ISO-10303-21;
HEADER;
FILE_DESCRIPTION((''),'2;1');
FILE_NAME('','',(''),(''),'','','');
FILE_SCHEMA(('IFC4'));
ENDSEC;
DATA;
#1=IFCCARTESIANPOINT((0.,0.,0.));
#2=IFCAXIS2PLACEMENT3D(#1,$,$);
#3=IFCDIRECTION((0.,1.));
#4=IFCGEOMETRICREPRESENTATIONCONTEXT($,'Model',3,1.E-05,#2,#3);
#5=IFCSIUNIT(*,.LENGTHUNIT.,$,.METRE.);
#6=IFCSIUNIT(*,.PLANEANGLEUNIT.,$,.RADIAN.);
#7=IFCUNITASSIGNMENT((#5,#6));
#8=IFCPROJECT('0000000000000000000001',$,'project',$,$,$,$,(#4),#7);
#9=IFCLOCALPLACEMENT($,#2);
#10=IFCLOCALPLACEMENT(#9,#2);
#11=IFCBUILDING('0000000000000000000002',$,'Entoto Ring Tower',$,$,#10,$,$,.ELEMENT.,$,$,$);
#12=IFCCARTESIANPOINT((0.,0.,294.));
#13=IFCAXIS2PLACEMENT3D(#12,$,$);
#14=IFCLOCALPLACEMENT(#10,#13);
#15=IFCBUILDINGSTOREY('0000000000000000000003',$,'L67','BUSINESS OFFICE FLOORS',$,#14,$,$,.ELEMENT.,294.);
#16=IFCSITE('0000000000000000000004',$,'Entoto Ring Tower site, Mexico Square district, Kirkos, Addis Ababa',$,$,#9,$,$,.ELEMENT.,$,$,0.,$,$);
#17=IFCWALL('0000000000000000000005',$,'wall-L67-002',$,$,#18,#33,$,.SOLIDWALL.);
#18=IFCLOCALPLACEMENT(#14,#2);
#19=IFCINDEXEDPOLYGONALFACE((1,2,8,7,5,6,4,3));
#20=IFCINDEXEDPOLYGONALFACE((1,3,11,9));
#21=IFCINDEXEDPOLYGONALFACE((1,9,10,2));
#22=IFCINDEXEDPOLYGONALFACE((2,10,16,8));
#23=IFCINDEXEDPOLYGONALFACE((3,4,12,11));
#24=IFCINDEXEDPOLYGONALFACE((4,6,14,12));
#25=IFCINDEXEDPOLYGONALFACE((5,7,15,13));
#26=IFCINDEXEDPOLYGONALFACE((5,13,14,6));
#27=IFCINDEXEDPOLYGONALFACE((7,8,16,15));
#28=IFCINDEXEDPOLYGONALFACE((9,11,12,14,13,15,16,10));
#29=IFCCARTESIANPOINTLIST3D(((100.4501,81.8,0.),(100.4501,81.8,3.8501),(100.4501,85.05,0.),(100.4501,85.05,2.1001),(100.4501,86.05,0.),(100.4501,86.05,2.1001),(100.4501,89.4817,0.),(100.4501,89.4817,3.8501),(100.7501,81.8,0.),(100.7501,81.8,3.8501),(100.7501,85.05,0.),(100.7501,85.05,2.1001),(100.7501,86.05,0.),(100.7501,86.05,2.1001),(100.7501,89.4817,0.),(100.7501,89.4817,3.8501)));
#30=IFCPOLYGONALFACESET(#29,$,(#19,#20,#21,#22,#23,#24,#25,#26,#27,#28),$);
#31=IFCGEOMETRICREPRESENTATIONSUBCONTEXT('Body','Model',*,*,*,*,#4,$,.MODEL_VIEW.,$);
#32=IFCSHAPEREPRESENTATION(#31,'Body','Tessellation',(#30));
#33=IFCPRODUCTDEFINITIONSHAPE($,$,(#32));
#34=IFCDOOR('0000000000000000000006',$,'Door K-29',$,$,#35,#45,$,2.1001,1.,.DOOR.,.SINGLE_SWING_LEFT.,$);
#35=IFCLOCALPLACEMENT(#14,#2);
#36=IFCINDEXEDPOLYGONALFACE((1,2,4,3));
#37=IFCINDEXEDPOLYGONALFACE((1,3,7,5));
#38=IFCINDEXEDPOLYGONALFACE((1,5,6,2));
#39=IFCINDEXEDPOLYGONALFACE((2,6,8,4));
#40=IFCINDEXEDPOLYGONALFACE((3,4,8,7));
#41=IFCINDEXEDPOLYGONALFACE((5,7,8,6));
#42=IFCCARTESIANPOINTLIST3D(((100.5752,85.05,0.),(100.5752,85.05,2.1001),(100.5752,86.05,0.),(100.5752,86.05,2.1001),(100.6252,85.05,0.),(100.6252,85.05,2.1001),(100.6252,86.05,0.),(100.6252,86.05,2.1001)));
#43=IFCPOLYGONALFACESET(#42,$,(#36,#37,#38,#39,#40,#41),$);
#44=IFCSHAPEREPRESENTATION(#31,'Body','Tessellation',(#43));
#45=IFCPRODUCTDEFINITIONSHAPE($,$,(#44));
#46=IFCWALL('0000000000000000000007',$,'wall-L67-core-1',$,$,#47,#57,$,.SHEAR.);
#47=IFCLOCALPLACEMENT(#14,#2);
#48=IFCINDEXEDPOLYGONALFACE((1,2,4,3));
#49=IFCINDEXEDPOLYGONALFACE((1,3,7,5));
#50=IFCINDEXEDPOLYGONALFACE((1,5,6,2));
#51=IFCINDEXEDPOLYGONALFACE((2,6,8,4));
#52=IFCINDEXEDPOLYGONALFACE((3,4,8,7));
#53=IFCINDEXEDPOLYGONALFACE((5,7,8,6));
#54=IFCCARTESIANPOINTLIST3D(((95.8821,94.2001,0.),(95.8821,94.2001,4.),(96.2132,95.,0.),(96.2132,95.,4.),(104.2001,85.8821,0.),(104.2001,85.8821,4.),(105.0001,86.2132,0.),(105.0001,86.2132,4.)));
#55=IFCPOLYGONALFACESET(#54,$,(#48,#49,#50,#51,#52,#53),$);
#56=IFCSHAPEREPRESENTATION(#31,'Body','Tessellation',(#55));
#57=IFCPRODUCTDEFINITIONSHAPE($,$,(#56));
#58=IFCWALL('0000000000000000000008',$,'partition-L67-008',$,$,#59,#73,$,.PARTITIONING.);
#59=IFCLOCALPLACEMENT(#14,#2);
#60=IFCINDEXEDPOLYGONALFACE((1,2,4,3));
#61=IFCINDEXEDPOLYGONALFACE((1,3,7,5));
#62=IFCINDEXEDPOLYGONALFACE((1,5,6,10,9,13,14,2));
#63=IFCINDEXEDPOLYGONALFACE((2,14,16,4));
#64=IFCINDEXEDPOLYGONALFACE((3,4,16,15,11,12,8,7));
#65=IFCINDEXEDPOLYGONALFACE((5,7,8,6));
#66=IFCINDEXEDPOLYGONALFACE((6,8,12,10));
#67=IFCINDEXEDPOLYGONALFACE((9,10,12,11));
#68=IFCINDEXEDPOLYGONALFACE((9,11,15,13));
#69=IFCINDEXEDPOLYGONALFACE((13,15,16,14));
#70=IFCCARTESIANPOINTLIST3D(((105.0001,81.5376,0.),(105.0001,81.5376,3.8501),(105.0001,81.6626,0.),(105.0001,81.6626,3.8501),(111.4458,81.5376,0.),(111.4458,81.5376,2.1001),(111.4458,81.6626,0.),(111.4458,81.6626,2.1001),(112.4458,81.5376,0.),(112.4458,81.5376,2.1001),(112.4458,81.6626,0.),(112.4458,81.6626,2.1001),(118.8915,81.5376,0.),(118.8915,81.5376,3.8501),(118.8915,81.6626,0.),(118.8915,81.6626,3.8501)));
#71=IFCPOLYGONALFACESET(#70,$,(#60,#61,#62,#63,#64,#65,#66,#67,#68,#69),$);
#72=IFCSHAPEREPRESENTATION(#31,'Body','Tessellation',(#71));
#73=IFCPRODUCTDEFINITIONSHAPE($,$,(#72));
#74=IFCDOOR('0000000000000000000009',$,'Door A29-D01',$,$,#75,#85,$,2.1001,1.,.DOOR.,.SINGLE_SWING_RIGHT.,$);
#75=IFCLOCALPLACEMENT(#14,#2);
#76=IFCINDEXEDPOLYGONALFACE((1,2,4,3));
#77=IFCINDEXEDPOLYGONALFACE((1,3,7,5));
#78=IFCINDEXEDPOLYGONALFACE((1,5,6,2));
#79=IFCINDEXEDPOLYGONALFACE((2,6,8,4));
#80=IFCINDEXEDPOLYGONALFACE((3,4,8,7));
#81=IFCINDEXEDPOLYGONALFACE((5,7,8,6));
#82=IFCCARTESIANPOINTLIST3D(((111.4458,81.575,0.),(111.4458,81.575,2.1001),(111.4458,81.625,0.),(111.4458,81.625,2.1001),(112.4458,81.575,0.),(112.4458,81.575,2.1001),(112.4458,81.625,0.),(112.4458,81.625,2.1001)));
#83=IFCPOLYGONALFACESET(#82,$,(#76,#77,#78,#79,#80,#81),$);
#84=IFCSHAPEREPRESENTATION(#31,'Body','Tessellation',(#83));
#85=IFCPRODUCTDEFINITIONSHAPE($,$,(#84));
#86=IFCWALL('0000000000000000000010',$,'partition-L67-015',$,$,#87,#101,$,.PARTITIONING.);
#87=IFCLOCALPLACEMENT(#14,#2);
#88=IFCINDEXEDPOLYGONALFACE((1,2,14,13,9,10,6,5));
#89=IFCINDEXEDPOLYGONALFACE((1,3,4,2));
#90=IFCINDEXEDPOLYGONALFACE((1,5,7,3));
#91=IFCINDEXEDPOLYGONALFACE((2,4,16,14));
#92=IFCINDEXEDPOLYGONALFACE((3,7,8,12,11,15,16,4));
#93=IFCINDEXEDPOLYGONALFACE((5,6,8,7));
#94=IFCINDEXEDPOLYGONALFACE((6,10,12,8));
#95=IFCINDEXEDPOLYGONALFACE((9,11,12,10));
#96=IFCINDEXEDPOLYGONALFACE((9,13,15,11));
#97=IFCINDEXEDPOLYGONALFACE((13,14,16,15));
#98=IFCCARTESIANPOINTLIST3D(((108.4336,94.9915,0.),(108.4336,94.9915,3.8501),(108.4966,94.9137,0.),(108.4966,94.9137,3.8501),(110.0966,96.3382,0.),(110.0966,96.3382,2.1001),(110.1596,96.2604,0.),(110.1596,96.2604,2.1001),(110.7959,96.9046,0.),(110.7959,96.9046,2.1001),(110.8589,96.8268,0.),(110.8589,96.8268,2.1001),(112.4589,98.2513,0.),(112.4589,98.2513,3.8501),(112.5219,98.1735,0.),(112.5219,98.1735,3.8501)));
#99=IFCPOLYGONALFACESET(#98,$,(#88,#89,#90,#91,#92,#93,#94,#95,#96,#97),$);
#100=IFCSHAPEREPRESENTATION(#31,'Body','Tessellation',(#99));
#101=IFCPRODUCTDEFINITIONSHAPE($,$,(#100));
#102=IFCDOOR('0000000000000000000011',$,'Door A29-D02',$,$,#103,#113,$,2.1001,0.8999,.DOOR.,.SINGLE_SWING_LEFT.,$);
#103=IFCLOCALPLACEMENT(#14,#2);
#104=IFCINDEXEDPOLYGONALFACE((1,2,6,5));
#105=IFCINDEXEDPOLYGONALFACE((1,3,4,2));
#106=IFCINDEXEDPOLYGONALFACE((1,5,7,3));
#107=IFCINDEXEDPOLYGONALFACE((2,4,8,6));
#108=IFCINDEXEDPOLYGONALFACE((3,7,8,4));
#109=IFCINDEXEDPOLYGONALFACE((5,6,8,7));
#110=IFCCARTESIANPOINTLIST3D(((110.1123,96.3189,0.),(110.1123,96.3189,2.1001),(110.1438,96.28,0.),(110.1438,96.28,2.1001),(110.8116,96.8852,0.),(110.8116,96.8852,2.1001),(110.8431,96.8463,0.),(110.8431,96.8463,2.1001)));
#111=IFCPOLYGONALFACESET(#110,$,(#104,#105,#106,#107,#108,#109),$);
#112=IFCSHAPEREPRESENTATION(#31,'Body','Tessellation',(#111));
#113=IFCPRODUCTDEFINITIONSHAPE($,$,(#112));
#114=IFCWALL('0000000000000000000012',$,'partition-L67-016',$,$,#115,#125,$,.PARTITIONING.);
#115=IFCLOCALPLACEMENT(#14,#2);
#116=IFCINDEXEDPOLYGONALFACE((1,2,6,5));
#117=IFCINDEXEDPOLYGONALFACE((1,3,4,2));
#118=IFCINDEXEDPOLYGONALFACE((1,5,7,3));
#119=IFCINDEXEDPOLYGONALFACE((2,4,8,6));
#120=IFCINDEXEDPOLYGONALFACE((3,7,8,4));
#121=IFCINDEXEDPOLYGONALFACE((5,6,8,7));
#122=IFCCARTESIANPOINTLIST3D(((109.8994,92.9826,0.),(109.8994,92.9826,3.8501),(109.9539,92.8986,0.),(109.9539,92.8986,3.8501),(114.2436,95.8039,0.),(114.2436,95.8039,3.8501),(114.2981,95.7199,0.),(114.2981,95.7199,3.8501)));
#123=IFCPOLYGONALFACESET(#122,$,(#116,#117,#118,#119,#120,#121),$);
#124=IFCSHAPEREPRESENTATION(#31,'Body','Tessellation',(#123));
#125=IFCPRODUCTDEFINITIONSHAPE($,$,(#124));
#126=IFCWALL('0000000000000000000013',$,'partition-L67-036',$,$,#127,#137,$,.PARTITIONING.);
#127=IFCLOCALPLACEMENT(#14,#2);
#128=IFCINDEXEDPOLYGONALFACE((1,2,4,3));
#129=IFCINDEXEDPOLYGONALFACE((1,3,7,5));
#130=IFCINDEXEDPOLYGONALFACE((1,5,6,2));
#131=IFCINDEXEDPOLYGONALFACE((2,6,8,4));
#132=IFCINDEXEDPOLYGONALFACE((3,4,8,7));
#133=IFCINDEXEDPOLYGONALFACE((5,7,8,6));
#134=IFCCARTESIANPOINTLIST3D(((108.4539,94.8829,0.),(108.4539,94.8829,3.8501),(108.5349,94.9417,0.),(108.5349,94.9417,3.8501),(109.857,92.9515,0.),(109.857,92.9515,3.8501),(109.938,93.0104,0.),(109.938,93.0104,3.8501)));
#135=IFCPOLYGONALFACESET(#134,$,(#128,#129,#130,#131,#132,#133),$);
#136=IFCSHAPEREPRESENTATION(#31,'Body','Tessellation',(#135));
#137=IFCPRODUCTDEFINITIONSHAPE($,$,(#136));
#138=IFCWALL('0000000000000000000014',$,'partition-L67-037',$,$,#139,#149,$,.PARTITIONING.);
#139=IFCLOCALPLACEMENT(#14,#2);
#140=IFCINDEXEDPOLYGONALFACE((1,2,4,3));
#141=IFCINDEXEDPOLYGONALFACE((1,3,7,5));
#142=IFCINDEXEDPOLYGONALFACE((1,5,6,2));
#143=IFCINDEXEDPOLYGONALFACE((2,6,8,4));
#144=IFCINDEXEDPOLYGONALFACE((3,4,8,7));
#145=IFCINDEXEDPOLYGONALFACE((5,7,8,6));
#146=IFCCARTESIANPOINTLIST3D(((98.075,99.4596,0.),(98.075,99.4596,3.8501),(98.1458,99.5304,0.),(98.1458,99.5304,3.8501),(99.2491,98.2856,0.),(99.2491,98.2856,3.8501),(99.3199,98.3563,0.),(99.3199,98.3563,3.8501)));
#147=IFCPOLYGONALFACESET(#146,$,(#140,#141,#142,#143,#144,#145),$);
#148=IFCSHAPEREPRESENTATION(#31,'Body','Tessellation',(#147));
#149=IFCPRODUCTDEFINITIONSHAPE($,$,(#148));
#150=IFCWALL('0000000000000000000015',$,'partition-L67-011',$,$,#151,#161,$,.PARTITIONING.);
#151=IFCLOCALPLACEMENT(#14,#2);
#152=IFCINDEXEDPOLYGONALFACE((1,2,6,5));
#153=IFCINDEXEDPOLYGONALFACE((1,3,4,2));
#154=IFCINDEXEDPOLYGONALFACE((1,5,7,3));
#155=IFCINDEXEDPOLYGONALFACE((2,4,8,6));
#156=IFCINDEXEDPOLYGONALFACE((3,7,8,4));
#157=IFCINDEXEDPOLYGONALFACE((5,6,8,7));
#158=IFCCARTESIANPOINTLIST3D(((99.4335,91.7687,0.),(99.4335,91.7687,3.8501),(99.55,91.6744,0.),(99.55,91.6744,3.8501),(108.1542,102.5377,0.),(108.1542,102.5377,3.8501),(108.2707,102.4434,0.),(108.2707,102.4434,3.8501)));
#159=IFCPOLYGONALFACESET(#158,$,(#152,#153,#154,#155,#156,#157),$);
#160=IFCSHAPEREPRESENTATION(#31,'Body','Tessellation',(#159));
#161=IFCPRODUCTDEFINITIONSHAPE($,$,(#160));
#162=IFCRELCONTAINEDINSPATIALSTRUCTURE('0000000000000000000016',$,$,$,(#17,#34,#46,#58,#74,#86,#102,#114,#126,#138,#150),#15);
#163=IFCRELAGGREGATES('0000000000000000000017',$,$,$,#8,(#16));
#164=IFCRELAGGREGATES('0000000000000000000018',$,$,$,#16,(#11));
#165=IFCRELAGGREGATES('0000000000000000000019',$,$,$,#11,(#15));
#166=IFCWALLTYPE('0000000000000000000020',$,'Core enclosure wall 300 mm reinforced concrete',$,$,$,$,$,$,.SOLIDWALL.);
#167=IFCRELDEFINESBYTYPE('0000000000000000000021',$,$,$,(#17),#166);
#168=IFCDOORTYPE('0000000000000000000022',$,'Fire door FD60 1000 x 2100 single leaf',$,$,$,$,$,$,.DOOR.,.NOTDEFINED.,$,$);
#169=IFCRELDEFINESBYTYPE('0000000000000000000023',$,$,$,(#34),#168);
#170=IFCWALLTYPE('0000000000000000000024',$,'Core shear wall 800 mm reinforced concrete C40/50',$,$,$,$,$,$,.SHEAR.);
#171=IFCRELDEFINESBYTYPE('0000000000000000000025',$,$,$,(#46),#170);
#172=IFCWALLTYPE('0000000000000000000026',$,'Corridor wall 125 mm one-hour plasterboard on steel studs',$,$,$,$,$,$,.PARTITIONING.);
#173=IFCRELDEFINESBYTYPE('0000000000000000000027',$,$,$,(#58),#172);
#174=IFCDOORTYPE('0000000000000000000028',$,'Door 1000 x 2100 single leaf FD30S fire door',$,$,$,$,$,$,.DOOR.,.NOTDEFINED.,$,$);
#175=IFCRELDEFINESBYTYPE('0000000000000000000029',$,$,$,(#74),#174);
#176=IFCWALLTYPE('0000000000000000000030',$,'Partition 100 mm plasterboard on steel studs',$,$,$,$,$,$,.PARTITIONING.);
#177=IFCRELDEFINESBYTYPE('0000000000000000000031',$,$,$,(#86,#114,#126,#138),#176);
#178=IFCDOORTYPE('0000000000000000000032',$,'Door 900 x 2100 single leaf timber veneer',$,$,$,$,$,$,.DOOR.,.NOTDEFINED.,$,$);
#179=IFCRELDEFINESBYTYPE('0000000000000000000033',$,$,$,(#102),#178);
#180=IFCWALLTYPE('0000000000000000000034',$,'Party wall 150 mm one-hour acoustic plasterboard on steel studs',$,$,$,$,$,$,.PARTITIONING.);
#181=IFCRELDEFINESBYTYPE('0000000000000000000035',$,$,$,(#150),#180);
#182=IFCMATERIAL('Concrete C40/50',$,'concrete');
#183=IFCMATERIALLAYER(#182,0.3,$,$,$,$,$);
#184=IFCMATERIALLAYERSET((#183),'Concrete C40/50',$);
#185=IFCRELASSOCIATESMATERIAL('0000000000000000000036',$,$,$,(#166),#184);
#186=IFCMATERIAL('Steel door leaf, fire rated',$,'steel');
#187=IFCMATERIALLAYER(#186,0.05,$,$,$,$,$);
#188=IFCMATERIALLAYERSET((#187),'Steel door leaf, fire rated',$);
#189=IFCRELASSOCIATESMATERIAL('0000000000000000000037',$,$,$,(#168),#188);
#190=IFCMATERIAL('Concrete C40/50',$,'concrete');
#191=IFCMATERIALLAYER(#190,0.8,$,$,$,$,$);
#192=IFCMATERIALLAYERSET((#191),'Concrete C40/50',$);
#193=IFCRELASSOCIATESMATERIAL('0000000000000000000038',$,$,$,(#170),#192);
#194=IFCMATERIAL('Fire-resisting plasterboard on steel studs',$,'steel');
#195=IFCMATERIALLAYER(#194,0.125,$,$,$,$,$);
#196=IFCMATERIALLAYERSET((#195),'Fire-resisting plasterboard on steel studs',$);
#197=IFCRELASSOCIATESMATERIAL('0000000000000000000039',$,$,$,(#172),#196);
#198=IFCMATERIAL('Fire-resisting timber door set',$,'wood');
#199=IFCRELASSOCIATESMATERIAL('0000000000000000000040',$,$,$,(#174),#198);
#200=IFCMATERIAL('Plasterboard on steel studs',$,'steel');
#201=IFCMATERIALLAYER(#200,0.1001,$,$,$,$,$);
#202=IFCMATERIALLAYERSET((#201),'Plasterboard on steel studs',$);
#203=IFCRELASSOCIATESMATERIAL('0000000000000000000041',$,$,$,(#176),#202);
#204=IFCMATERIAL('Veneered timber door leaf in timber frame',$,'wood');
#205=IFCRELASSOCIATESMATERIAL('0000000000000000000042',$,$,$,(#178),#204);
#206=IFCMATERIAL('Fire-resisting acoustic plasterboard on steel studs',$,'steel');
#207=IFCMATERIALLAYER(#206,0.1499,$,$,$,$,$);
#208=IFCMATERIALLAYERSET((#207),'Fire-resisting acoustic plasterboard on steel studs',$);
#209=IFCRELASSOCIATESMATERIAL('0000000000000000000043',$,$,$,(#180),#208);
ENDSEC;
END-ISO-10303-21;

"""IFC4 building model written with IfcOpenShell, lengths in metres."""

from ifc_helpers import new_model, si_unit, direction, frame, frame_2d, origin, place, context, subcontext, project, spatial, polyline, rectangle, outline, extrude, material, layer, layer_set, type_object, element, fill, save


model = new_model("IFC4")

# Units and contexts
model_context = context("Model", 3, precision=1e-05, world=origin(), true_north=direction((0.0, 1.0)))
body_context = subcontext(model_context, "Body", "Model", "MODEL_VIEW")
ifc_project = project(units=[si_unit("LENGTHUNIT", "METRE"), si_unit("PLANEANGLEUNIT", "RADIAN")], contexts=[model_context])

# Site, building, storey
site_placement = place(None, origin())
site = spatial("IfcSite", under=ifc_project, at=site_placement, Name="Entoto Ring Tower site, Mexico Square district, Kirkos, Addis Ababa", CompositionType="ELEMENT", RefElevation=0.0)
building_placement = place(site_placement, origin())
building = spatial("IfcBuilding", under=site, at=building_placement, Name="Entoto Ring Tower", CompositionType="ELEMENT")
storey_placement = place(building_placement, frame((0.0, 0.0, 294.0)))
storey = spatial("IfcBuildingStorey", under=building, at=storey_placement, Name="L67", Description="BUSINESS OFFICE FLOORS", CompositionType="ELEMENT", Elevation=294.0)

# Wall, opening, door
ifc_material_1 = material(Name="Concrete C40/50", Category="concrete")
ifc_layer_1 = layer(ifc_material_1, 0.3)
ifc_layer_set_1 = layer_set([ifc_layer_1], Name="Concrete C40/50")
wall_type_1 = type_object("IfcWallType", Name="Core enclosure wall 300 mm reinforced concrete", PredefinedType="SOLIDWALL", material=ifc_layer_set_1)
wall_1_placement = place(storey_placement, frame((100.6001, 81.8, 0.0), z_axis=(0.0, 0.0, 1.0), x_axis=(0.0, 1.0, 0.0)))
wall_1 = element("IfcWall", 1, at=wall_1_placement, inside=storey, type_object=wall_type_1, Name="wall-L67-002", PredefinedType="SOLIDWALL", context=body_context, shape_type="SweptSolid", body=[
    extrude(rectangle(XDim=7.6816, YDim=0.3, at=frame_2d((3.8408, 0.0))), origin(), (0.0, 0.0, 1.0), 3.8501),
])
opening_1_placement = place(wall_1_placement, frame((3.25, 0.0, 0.0)))
opening_1 = element("IfcOpeningElement", 2, at=opening_1_placement, cuts=wall_1, PredefinedType="OPENING", context=body_context, shape_type="SweptSolid", body=[
    extrude(rectangle(XDim=1.0, YDim=2.1001, at=frame_2d((0.5, 1.05))), frame((0.0, 0.1602, 0.0), z_axis=(0.0, -1.0, 0.0), x_axis=(1.0, 0.0, 0.0)), (0.0, 0.0, 1.0), 0.3201),
])
ifc_material_2 = material(Name="Steel door leaf, fire rated", Category="steel")
ifc_layer_2 = layer(ifc_material_2, 0.05)
ifc_layer_set_2 = layer_set([ifc_layer_2], Name="Steel door leaf, fire rated")
door_type_1 = type_object("IfcDoorType", Name="Fire door FD60 1000 x 2100 single leaf", OperationType="NOTDEFINED", PredefinedType="DOOR", material=ifc_layer_set_2)
door_1_placement = place(opening_1_placement, origin())
door_1 = element("IfcDoor", 3, at=door_1_placement, inside=storey, type_object=door_type_1, Name="Door K-29", OperationType="SINGLE_SWING_LEFT", OverallHeight=2.1001, OverallWidth=1.0, PredefinedType="DOOR", context=body_context, shape_type="SweptSolid", body=[
    extrude(rectangle(XDim=1.0, YDim=2.1001, at=frame_2d((0.5, 1.05))), frame((0.0, 0.0249, 0.0), z_axis=(0.0, -1.0, 0.0), x_axis=(1.0, 0.0, 0.0)), (0.0, 0.0, 1.0), 0.05),
])
fill(opening_1, door_1)

# Wall
ifc_material_3 = material(Name="Concrete C40/50", Category="concrete")
ifc_layer_3 = layer(ifc_material_3, 0.8)
ifc_layer_set_3 = layer_set([ifc_layer_3], Name="Concrete C40/50")
wall_type_2 = type_object("IfcWallType", Name="Core shear wall 800 mm reinforced concrete C40/50", PredefinedType="SHEAR", material=ifc_layer_set_3)
wall_2_placement = place(storey_placement, frame((104.6001, 86.0476, 0.0), z_axis=(0.0, 0.0, 1.0), x_axis=(-0.707107, 0.707107, 0.0)))
element("IfcWall", 4, at=wall_2_placement, inside=storey, type_object=wall_type_2, Name="wall-L67-core-1", PredefinedType="SHEAR", context=body_context, shape_type="SweptSolid", body=[
    extrude(outline(polyline([(-0.1658, -0.3999), (12.2607, -0.3999), (11.9292, 0.3999), (0.1658, 0.3999), (-0.1658, -0.3999)])), origin(), (0.0, 0.0, 1.0), 4.0),
])

# Walls, openings, doors
ifc_material_4 = material(Name="Fire-resisting plasterboard on steel studs", Category="steel")
ifc_layer_4 = layer(ifc_material_4, 0.125)
ifc_layer_set_4 = layer_set([ifc_layer_4], Name="Fire-resisting plasterboard on steel studs")
wall_type_3 = type_object("IfcWallType", Name="Corridor wall 125 mm one-hour plasterboard on steel studs", PredefinedType="PARTITIONING", material=ifc_layer_set_4)
wall_3_placement = place(storey_placement, frame((105.0, 81.6001, 0.0), z_axis=(0.0, 0.0, 1.0), x_axis=(1.0, 0.0, 0.0)))
wall_3 = element("IfcWall", 5, at=wall_3_placement, inside=storey, type_object=wall_type_3, Name="partition-L67-008", PredefinedType="PARTITIONING", context=body_context, shape_type="SweptSolid", body=[
    extrude(rectangle(XDim=13.8914, YDim=0.125, at=frame_2d((6.9458, 0.0))), origin(), (0.0, 0.0, 1.0), 3.8501),
])
opening_2_placement = place(wall_3_placement, frame((6.4458, 0.0, 0.0)))
opening_2 = element("IfcOpeningElement", 6, at=opening_2_placement, cuts=wall_3, PredefinedType="OPENING", context=body_context, shape_type="SweptSolid", body=[
    extrude(rectangle(XDim=1.0, YDim=2.1001, at=frame_2d((0.5, 1.05))), frame((0.0, 0.0725, 0.0), z_axis=(0.0, -1.0, 0.0), x_axis=(1.0, 0.0, 0.0)), (0.0, 0.0, 1.0), 0.145),
])
ifc_material_5 = material(Name="Fire-resisting timber door set", Category="wood")
door_type_2 = type_object("IfcDoorType", Name="Door 1000 x 2100 single leaf FD30S fire door", OperationType="NOTDEFINED", PredefinedType="DOOR", material=ifc_material_5)
door_2_placement = place(opening_2_placement, origin())
door_2 = element("IfcDoor", 7, at=door_2_placement, inside=storey, type_object=door_type_2, Name="Door A29-D01", OperationType="SINGLE_SWING_RIGHT", OverallHeight=2.1001, OverallWidth=1.0, PredefinedType="DOOR", context=body_context, shape_type="SweptSolid", body=[
    extrude(rectangle(XDim=1.0, YDim=2.1001, at=frame_2d((0.5, 1.05))), frame((0.0, 0.0249, 0.0), z_axis=(0.0, -1.0, 0.0), x_axis=(1.0, 0.0, 0.0)), (0.0, 0.0, 1.0), 0.05),
])
fill(opening_2, door_2)
ifc_material_6 = material(Name="Plasterboard on steel studs", Category="steel")
ifc_layer_5 = layer(ifc_material_6, 0.1001)
ifc_layer_set_5 = layer_set([ifc_layer_5], Name="Plasterboard on steel studs")
wall_type_4 = type_object("IfcWallType", Name="Partition 100 mm plasterboard on steel studs", PredefinedType="PARTITIONING", material=ifc_layer_set_5)
wall_4_placement = place(storey_placement, frame((108.4651, 94.9526, 0.0), z_axis=(0.0, 0.0, 1.0), x_axis=(0.777139, 0.629328, 0.0)))
wall_4 = element("IfcWall", 8, at=wall_4_placement, inside=storey, type_object=wall_type_4, Name="partition-L67-015", PredefinedType="PARTITIONING", context=body_context, shape_type="SweptSolid", body=[
    extrude(rectangle(XDim=5.1797, YDim=0.1001, at=frame_2d((2.5898, 0.0))), origin(), (0.0, 0.0, 1.0), 3.8501),
])
opening_3_placement = place(wall_4_placement, frame((2.1399, 0.0, 0.0)))
opening_3 = element("IfcOpeningElement", 9, at=opening_3_placement, cuts=wall_4, PredefinedType="OPENING", context=body_context, shape_type="SweptSolid", body=[
    extrude(rectangle(XDim=0.8999, YDim=2.1001, at=frame_2d((0.45, 1.05))), frame((0.0, 0.0601, 0.0), z_axis=(0.0, -1.0, 0.0), x_axis=(1.0, 0.0, 0.0)), (0.0, 0.0, 1.0), 0.1201),
])
ifc_material_7 = material(Name="Veneered timber door leaf in timber frame", Category="wood")
door_type_3 = type_object("IfcDoorType", Name="Door 900 x 2100 single leaf timber veneer", OperationType="NOTDEFINED", PredefinedType="DOOR", material=ifc_material_7)
door_3_placement = place(opening_3_placement, frame((0.8999, 0.0, 0.0), z_axis=(0.0, 0.0, 1.0), x_axis=(-1.0, 0.0, 0.0)))
door_3 = element("IfcDoor", 10, at=door_3_placement, inside=storey, type_object=door_type_3, Name="Door A29-D02", OperationType="SINGLE_SWING_LEFT", OverallHeight=2.1001, OverallWidth=0.8999, PredefinedType="DOOR", context=body_context, shape_type="SweptSolid", body=[
    extrude(rectangle(XDim=0.8999, YDim=2.1001, at=frame_2d((0.45, 1.05))), frame((0.0, 0.0249, 0.0), z_axis=(0.0, -1.0, 0.0), x_axis=(1.0, 0.0, 0.0)), (0.0, 0.0, 1.0), 0.05),
])
fill(opening_3, door_3)

# Walls
wall_5_placement = place(storey_placement, frame((109.9268, 92.9407, 0.0), z_axis=(0.0, 0.0, 1.0), x_axis=(0.838661, 0.544654, 0.0)))
element("IfcWall", 11, at=wall_5_placement, inside=storey, type_object=wall_type_4, Name="partition-L67-016", PredefinedType="PARTITIONING", context=body_context, shape_type="SweptSolid", body=[
    extrude(rectangle(XDim=5.1799, YDim=0.1001, at=frame_2d((2.5898, 0.0))), origin(), (0.0, 0.0, 1.0), 3.8501),
])
wall_6_placement = place(storey_placement, frame((109.8975, 92.981, 0.0), z_axis=(0.0, 0.0, 1.0), x_axis=(-0.58774, 0.80905, 0.0)))
element("IfcWall", 12, at=wall_6_placement, inside=storey, type_object=wall_type_4, Name="partition-L67-036", PredefinedType="PARTITIONING", context=body_context, shape_type="SweptSolid", body=[
    extrude(rectangle(XDim=2.3872, YDim=0.1001, at=frame_2d((1.1936, 0.0))), origin(), (0.0, 0.0, 1.0), 3.8501),
])
wall_7_placement = place(storey_placement, frame((99.2844, 98.321, 0.0), z_axis=(0.0, 0.0, 1.0), x_axis=(-0.707107, 0.707107, 0.0)))
element("IfcWall", 13, at=wall_7_placement, inside=storey, type_object=wall_type_4, Name="partition-L67-037", PredefinedType="PARTITIONING", context=body_context, shape_type="SweptSolid", body=[
    extrude(rectangle(XDim=1.6604, YDim=0.1001, at=frame_2d((0.8301, 0.0))), origin(), (0.0, 0.0, 1.0), 3.8501),
])
ifc_material_8 = material(Name="Fire-resisting acoustic plasterboard on steel studs", Category="steel")
ifc_layer_6 = layer(ifc_material_8, 0.1499)
ifc_layer_set_6 = layer_set([ifc_layer_6], Name="Fire-resisting acoustic plasterboard on steel studs")
wall_type_5 = type_object("IfcWallType", Name="Party wall 150 mm one-hour acoustic plasterboard on steel studs", PredefinedType="PARTITIONING", material=ifc_layer_set_6)
wall_8_placement = place(storey_placement, frame((99.4917, 91.7214, 0.0), z_axis=(0.0, 0.0, 1.0), x_axis=(0.629325, 0.777142, 0.0)))
element("IfcWall", 14, at=wall_8_placement, inside=storey, type_object=wall_type_5, Name="partition-L67-011", PredefinedType="PARTITIONING", context=body_context, shape_type="SweptSolid", body=[
    extrude(rectangle(XDim=13.8572, YDim=0.1499, at=frame_2d((6.9287, 0.0))), origin(), (0.0, 0.0, 1.0), 3.8501),
])

save(model, "model.ifc")
